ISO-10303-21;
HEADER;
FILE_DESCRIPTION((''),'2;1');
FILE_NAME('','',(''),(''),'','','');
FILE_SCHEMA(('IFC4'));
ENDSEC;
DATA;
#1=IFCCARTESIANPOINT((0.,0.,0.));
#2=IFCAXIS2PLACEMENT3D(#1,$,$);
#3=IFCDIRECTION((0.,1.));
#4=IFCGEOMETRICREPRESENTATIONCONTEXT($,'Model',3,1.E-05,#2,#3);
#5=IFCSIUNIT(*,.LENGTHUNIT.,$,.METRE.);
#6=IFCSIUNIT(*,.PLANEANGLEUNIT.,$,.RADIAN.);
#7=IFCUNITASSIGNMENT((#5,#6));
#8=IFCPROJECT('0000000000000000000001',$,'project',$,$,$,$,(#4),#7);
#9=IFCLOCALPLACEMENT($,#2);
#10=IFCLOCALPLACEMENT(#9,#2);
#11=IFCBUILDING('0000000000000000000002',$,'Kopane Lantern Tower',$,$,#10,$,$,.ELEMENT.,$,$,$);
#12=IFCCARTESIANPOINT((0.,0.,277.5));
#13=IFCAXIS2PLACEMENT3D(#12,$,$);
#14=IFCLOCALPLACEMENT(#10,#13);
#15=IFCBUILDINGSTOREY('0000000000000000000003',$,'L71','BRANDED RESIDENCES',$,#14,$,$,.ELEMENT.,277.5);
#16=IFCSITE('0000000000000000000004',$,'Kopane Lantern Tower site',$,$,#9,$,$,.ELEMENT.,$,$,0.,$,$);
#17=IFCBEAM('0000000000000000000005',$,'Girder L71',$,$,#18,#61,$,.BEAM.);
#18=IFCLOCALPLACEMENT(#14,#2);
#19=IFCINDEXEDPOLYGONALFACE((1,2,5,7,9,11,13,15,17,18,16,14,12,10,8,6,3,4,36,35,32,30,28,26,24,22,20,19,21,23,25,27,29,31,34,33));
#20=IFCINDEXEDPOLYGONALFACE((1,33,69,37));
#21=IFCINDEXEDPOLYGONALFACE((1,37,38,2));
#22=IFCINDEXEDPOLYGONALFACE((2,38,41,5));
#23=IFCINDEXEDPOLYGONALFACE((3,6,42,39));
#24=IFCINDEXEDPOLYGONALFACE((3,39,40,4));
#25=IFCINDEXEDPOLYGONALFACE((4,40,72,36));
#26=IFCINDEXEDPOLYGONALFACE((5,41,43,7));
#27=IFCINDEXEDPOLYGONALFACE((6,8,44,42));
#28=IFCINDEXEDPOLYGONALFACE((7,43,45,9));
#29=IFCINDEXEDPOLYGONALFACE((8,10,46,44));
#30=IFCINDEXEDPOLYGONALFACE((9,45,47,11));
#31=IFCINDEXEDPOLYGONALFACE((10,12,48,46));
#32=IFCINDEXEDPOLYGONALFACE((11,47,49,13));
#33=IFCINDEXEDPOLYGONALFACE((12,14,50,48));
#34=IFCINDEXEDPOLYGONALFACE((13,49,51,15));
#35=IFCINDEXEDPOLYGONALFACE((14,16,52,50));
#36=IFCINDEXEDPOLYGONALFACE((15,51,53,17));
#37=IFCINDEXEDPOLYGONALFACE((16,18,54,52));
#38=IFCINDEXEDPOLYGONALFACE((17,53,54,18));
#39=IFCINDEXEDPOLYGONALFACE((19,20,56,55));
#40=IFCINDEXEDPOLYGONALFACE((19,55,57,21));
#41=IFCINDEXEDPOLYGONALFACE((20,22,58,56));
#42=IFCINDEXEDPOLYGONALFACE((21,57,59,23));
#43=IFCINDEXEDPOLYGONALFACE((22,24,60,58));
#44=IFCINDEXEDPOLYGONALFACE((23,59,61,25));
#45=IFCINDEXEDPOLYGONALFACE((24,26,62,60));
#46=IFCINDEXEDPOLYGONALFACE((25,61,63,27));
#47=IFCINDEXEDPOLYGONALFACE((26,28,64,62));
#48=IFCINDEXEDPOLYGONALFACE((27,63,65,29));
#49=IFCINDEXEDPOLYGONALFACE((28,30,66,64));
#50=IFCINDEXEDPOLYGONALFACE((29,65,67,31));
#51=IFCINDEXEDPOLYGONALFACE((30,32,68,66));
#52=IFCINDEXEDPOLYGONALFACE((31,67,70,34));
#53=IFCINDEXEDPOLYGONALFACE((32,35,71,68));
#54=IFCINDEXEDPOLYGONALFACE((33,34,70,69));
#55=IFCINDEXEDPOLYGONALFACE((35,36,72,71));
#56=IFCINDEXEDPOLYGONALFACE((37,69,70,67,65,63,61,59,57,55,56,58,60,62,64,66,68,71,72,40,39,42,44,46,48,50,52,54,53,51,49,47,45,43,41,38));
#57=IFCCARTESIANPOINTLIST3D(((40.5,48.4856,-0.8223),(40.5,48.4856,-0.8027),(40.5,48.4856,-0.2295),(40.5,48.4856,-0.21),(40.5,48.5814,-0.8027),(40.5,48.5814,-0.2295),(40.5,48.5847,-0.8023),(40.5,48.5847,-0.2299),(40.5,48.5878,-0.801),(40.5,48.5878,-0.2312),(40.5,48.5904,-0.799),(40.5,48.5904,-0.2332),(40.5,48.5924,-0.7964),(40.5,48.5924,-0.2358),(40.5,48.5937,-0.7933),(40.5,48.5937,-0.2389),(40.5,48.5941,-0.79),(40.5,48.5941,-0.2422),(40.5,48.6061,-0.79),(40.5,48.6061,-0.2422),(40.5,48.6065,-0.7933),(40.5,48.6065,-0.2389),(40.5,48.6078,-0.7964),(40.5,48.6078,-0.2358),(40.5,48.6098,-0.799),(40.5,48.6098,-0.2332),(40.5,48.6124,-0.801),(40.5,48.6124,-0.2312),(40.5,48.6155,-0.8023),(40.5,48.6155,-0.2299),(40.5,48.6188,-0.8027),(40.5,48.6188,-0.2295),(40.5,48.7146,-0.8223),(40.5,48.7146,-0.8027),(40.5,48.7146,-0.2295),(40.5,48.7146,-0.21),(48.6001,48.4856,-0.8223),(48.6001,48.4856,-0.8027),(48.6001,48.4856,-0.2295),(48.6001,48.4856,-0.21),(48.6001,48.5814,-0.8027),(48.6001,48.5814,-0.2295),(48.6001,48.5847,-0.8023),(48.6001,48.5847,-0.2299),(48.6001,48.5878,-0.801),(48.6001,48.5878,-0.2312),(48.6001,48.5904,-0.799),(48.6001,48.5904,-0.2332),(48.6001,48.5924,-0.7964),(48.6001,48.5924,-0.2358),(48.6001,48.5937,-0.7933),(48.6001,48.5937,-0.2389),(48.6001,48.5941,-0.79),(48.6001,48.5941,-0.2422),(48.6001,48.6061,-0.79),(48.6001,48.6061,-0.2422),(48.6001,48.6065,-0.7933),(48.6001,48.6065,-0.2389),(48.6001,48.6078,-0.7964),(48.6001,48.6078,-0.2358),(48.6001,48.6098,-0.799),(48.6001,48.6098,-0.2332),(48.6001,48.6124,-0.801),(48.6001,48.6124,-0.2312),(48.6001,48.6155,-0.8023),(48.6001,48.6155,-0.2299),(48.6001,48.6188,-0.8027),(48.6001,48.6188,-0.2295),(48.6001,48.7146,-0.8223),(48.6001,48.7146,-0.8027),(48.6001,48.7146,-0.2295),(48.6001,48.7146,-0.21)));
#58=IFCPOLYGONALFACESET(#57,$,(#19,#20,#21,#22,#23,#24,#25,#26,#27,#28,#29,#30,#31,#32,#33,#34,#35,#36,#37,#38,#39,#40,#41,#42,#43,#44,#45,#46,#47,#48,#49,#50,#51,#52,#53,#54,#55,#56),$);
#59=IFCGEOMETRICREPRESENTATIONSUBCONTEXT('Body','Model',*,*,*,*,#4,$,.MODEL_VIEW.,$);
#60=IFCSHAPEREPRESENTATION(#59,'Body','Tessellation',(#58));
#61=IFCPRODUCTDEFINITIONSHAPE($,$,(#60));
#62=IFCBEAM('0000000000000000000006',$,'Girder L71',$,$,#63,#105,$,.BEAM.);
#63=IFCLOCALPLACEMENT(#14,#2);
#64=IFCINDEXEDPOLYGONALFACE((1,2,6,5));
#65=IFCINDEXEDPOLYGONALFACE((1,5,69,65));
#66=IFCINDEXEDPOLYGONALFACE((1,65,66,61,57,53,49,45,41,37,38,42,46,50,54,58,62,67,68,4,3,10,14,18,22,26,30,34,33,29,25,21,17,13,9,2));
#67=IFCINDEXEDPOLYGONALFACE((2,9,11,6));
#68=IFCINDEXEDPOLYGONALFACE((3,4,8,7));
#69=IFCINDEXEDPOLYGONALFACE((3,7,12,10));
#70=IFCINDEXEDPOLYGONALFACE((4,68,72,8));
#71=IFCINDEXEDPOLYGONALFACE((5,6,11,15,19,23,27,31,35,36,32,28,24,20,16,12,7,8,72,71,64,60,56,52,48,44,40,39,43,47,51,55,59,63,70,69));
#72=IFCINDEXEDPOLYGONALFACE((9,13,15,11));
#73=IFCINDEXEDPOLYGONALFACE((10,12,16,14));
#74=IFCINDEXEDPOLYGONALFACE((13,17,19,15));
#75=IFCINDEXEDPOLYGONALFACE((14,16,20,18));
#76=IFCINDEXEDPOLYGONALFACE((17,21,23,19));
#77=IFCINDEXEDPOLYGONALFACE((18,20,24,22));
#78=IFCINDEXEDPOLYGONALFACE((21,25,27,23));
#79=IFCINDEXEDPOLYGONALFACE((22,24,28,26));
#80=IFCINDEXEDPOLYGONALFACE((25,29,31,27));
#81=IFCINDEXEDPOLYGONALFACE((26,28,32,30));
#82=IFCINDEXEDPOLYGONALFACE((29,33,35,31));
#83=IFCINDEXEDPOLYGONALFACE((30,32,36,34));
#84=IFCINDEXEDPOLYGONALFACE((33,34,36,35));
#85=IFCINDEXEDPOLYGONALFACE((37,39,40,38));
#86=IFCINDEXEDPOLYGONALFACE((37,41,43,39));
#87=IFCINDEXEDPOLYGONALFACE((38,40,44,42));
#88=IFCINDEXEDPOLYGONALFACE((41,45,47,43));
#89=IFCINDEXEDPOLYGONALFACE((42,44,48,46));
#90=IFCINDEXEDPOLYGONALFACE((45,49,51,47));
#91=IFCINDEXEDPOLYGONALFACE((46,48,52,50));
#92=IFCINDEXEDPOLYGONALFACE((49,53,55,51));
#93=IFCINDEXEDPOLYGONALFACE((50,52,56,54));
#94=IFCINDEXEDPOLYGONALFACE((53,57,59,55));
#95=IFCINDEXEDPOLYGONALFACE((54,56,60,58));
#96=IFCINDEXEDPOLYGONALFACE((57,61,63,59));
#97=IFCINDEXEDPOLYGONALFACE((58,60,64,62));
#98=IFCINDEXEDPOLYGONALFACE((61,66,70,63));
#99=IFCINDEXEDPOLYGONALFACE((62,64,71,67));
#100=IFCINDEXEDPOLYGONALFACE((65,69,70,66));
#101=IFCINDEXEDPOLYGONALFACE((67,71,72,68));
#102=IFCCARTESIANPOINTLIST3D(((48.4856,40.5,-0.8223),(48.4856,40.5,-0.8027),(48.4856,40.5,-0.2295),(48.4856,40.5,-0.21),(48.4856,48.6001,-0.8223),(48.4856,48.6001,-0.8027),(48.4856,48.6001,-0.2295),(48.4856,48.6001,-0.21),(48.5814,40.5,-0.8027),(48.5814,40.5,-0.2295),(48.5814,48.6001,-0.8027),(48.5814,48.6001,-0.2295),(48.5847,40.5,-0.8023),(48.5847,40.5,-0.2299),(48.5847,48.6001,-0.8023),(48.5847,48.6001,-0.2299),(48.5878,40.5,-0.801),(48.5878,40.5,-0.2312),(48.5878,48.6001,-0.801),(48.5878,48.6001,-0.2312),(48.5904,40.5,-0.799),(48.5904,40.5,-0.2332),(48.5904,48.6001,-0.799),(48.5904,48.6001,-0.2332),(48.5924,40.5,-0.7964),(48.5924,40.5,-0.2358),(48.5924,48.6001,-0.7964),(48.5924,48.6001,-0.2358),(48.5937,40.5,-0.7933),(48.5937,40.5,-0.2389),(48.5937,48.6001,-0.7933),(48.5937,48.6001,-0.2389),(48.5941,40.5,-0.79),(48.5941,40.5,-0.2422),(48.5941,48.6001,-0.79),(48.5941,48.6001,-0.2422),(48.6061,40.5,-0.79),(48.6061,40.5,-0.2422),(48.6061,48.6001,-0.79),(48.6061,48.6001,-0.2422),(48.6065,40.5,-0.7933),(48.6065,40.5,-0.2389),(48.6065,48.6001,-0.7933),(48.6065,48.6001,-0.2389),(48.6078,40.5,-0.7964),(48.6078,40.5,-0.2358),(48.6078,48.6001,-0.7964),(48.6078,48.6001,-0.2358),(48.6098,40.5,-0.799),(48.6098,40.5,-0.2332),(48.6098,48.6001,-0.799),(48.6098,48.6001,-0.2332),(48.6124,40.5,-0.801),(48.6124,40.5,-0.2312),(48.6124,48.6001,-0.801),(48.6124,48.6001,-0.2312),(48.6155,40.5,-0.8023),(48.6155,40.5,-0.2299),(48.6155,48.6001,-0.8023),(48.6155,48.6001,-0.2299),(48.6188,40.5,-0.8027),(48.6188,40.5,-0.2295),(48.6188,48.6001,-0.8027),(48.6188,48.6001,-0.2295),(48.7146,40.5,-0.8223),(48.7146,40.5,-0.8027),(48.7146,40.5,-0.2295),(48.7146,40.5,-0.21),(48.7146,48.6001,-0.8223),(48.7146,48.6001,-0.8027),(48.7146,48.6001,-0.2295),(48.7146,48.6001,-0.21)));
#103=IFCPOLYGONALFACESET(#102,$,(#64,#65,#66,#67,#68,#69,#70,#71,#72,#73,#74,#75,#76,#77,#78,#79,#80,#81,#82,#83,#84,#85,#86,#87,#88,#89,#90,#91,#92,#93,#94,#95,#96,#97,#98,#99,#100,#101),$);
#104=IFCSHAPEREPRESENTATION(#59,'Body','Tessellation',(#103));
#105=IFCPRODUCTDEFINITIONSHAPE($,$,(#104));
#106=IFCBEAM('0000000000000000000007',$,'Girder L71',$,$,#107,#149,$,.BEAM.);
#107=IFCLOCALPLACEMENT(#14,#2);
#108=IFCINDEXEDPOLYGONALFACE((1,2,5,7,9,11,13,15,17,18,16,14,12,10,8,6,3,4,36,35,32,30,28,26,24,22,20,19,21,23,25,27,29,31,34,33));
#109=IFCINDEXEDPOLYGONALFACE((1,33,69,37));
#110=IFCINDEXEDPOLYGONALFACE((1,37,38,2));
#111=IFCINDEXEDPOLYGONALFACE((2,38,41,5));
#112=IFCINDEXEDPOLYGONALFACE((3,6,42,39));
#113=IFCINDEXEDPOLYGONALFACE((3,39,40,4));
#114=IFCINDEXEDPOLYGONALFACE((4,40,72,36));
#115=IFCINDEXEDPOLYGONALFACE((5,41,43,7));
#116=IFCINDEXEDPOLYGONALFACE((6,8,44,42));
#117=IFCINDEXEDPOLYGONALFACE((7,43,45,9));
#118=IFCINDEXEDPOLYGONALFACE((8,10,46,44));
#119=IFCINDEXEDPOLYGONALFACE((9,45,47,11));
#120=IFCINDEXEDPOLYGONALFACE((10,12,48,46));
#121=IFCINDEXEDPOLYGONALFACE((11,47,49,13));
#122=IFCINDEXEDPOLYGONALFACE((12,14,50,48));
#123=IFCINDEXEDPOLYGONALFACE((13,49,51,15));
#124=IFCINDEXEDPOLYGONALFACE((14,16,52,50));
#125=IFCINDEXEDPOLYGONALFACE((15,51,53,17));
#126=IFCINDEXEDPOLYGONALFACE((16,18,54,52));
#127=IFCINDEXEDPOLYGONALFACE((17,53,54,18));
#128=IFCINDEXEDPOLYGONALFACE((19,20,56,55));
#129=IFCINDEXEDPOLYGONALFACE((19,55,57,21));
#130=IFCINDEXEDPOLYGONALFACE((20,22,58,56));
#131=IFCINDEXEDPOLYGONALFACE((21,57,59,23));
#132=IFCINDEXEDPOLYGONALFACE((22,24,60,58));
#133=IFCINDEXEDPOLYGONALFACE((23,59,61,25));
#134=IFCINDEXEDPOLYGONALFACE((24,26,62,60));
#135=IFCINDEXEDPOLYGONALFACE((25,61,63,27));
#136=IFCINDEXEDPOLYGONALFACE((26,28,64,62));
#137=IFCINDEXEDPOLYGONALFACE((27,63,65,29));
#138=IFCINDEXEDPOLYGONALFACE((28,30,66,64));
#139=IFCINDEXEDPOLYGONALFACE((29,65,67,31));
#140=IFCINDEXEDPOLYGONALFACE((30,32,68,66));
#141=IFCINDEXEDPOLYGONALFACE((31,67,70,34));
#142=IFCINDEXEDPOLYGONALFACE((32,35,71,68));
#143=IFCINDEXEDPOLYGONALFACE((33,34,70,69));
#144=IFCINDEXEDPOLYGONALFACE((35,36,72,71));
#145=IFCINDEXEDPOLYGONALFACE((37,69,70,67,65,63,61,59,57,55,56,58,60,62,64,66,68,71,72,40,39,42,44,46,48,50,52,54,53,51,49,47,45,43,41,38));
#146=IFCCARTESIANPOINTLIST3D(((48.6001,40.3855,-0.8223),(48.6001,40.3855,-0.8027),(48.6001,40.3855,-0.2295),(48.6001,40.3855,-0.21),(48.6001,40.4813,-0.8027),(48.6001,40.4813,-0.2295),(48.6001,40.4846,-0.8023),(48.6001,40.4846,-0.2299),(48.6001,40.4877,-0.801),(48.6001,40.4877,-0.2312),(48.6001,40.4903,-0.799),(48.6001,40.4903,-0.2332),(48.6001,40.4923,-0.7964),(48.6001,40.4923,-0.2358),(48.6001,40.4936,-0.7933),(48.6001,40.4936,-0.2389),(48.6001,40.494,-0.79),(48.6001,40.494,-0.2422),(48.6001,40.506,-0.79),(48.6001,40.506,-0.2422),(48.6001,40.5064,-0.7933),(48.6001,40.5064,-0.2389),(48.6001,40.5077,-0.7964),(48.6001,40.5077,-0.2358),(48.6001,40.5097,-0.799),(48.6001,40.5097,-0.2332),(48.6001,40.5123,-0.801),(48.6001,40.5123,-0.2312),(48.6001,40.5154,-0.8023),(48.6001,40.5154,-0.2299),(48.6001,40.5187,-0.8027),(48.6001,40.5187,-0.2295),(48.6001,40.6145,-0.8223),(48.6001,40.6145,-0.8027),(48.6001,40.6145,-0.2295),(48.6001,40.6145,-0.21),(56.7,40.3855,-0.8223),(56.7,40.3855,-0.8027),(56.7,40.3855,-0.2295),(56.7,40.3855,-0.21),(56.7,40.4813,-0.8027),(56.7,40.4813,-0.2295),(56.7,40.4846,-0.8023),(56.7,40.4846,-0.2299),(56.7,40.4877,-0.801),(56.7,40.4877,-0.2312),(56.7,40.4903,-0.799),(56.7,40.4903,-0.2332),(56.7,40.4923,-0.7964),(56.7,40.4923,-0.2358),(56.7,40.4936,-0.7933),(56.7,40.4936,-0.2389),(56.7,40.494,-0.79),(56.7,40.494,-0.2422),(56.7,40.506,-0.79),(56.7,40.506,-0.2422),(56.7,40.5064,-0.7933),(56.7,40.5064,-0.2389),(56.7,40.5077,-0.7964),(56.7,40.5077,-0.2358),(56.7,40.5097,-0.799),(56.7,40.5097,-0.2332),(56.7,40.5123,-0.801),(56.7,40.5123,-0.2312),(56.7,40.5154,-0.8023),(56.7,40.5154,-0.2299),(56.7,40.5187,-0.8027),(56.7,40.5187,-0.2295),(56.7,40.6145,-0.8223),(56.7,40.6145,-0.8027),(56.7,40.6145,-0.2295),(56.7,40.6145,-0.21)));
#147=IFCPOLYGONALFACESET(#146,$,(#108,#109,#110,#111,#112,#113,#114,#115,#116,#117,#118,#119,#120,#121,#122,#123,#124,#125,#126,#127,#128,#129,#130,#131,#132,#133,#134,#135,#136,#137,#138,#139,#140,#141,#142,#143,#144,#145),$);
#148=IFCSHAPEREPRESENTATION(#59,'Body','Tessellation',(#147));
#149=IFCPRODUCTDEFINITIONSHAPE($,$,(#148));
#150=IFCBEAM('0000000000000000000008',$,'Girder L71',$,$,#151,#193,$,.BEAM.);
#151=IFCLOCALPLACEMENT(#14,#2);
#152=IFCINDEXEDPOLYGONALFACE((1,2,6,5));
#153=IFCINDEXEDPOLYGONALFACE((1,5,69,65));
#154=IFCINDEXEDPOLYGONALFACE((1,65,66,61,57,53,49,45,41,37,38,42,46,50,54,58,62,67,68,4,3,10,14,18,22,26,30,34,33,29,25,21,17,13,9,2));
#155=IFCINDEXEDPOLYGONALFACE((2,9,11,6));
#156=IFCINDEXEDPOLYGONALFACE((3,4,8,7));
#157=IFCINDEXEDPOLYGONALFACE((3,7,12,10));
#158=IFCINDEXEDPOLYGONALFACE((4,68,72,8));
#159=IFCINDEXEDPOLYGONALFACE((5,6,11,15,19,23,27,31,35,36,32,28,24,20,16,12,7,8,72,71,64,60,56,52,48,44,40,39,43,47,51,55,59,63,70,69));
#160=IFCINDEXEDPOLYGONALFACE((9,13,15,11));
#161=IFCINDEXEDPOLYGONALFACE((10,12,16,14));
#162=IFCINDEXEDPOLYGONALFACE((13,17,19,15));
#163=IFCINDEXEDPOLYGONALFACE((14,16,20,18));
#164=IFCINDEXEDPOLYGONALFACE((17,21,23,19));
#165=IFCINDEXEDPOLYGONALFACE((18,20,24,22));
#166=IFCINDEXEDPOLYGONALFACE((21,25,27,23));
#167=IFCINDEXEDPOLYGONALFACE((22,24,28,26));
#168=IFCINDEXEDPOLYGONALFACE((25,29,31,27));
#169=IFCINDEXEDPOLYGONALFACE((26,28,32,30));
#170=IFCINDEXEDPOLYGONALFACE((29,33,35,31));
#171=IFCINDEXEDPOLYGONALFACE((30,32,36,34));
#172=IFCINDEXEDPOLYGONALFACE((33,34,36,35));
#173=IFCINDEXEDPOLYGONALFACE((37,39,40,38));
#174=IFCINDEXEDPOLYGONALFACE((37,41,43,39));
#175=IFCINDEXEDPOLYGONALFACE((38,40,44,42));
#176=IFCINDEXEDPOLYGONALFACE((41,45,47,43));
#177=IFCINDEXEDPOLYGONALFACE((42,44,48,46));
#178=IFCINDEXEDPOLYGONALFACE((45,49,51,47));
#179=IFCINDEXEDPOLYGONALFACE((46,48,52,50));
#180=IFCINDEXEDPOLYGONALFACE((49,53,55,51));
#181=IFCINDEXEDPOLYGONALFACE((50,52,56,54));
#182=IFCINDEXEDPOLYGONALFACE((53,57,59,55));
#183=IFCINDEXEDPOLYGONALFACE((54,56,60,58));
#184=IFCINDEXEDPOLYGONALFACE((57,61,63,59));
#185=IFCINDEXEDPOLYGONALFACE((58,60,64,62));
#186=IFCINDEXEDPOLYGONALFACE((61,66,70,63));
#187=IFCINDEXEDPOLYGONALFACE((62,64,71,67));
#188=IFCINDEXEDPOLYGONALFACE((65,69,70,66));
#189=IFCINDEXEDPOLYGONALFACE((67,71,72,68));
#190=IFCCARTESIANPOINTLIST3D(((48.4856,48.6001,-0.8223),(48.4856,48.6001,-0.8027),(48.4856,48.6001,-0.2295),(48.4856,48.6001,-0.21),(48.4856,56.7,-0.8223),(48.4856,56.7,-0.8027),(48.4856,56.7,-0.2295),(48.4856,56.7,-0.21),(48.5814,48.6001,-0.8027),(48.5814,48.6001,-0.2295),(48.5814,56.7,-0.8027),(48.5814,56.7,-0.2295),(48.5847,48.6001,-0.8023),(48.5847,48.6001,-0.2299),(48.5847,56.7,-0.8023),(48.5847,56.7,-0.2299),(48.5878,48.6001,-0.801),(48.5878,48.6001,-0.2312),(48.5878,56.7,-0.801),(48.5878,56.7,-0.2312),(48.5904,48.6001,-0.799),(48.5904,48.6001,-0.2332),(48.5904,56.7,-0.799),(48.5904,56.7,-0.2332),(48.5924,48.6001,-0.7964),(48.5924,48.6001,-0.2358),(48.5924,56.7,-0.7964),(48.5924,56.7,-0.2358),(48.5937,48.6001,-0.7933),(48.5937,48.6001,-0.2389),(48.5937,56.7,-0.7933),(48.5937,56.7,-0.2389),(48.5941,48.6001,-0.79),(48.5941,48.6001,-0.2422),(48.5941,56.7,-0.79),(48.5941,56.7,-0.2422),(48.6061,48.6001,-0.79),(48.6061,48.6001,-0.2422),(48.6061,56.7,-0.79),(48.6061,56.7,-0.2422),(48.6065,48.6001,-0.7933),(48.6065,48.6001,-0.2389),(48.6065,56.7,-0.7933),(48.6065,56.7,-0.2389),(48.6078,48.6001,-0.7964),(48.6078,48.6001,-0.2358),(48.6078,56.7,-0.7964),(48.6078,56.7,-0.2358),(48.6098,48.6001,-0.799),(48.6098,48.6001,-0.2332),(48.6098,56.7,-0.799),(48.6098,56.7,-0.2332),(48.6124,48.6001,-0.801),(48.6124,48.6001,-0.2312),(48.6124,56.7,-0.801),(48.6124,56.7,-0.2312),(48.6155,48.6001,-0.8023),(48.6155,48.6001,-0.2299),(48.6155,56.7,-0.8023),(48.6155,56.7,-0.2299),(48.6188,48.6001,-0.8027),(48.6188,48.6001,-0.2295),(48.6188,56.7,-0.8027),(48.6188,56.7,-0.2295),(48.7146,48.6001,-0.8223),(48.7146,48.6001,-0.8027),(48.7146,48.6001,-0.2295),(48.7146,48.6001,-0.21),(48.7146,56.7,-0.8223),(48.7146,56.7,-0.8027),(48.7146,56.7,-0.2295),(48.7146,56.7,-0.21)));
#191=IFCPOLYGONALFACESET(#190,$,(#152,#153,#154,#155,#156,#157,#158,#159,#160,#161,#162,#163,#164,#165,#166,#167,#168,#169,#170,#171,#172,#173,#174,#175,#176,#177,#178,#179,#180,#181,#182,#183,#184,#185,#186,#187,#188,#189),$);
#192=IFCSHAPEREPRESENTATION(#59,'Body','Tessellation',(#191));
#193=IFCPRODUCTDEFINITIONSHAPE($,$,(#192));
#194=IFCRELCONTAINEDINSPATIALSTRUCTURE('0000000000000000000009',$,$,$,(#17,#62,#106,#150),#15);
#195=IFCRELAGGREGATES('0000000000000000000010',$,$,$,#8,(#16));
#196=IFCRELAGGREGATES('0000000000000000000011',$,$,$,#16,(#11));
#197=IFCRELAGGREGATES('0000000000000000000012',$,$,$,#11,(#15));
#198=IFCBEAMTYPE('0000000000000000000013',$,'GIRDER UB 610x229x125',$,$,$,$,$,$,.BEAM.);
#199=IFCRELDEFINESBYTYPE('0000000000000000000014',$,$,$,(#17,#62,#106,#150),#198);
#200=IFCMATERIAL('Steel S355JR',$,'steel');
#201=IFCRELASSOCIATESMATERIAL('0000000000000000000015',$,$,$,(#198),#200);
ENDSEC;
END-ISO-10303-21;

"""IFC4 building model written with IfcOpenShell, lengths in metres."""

from ifc_helpers import new_model, si_unit, direction, frame, origin, origin_2d, place, context, subcontext, project, spatial, i_section, extrude, material, material_profile, profile_set, type_object, element, save


model = new_model("IFC4")

# Units and contexts
model_context = context("Model", 3, precision=1e-05, world=origin(), true_north=direction((0.0, 1.0)))
body_context = subcontext(model_context, "Body", "Model", "MODEL_VIEW")
ifc_project = project(units=[si_unit("LENGTHUNIT", "METRE"), si_unit("PLANEANGLEUNIT", "RADIAN")], contexts=[model_context])

# Site, building, storey
site_placement = place(None, origin())
site = spatial("IfcSite", under=ifc_project, at=site_placement, Name="Kopane Lantern Tower site", CompositionType="ELEMENT", RefElevation=0.0)
building_placement = place(site_placement, origin())
building = spatial("IfcBuilding", under=site, at=building_placement, Name="Kopane Lantern Tower", CompositionType="ELEMENT")
storey_placement = place(building_placement, frame((0.0, 0.0, 277.5)))
storey = spatial("IfcBuildingStorey", under=building, at=storey_placement, Name="L71", Description="BRANDED RESIDENCES", CompositionType="ELEMENT", Elevation=277.5)

# Beams
ifc_material_1 = material(Name="Steel S355JR", Category="steel")
ifc_material_profile_1 = material_profile(ifc_material_1, i_section(OverallWidth=0.229, OverallDepth=0.6123, WebThickness=0.012, FlangeThickness=0.0195, FilletRadius=0.0127, at=origin_2d()), Name="UB 610x229x125")
ifc_profile_set_1 = profile_set([ifc_material_profile_1], Name="Steel S355JR")
beam_type = type_object("IfcBeamType", Name="GIRDER UB 610x229x125", PredefinedType="BEAM", material=ifc_profile_set_1)
for number, where, z_axis, x_axis, name in (
    (1, (40.5, 48.6001, -0.5161), (1.0, 0.0, 0.0), (0.0, 1.0, 0.0), "Girder L71"),
    (2, (48.6001, 40.5, -0.5161), (0.0, 1.0, 0.0), (-1.0, 0.0, 0.0), "Girder L71"),
):
    element("IfcBeam", number, at=place(storey_placement, frame(where, z_axis=z_axis, x_axis=x_axis)), inside=storey, type_object=beam_type, Name=name, PredefinedType="BEAM", context=body_context, shape_type="SweptSolid", body=[
        extrude(i_section(OverallWidth=0.229, OverallDepth=0.6123, WebThickness=0.012, FlangeThickness=0.0195, FilletRadius=0.0127, at=origin_2d()), origin(), (0.0, 0.0, 1.0), 8.1001),
    ])
for number, where, z_axis, x_axis, name in (
    (3, (48.6001, 40.5, -0.5161), (1.0, 0.0, 0.0), (0.0, 1.0, 0.0), "Girder L71"),
    (4, (48.6001, 48.6001, -0.5161), (0.0, 1.0, 0.0), (-1.0, 0.0, 0.0), "Girder L71"),
):
    element("IfcBeam", number, at=place(storey_placement, frame(where, z_axis=z_axis, x_axis=x_axis)), inside=storey, type_object=beam_type, Name=name, PredefinedType="BEAM", context=body_context, shape_type="SweptSolid", body=[
        extrude(i_section(OverallWidth=0.229, OverallDepth=0.6123, WebThickness=0.012, FlangeThickness=0.0195, FilletRadius=0.0127, at=origin_2d()), origin(), (0.0, 0.0, 1.0), 8.0999),
    ])

save(model, "model.ifc")
